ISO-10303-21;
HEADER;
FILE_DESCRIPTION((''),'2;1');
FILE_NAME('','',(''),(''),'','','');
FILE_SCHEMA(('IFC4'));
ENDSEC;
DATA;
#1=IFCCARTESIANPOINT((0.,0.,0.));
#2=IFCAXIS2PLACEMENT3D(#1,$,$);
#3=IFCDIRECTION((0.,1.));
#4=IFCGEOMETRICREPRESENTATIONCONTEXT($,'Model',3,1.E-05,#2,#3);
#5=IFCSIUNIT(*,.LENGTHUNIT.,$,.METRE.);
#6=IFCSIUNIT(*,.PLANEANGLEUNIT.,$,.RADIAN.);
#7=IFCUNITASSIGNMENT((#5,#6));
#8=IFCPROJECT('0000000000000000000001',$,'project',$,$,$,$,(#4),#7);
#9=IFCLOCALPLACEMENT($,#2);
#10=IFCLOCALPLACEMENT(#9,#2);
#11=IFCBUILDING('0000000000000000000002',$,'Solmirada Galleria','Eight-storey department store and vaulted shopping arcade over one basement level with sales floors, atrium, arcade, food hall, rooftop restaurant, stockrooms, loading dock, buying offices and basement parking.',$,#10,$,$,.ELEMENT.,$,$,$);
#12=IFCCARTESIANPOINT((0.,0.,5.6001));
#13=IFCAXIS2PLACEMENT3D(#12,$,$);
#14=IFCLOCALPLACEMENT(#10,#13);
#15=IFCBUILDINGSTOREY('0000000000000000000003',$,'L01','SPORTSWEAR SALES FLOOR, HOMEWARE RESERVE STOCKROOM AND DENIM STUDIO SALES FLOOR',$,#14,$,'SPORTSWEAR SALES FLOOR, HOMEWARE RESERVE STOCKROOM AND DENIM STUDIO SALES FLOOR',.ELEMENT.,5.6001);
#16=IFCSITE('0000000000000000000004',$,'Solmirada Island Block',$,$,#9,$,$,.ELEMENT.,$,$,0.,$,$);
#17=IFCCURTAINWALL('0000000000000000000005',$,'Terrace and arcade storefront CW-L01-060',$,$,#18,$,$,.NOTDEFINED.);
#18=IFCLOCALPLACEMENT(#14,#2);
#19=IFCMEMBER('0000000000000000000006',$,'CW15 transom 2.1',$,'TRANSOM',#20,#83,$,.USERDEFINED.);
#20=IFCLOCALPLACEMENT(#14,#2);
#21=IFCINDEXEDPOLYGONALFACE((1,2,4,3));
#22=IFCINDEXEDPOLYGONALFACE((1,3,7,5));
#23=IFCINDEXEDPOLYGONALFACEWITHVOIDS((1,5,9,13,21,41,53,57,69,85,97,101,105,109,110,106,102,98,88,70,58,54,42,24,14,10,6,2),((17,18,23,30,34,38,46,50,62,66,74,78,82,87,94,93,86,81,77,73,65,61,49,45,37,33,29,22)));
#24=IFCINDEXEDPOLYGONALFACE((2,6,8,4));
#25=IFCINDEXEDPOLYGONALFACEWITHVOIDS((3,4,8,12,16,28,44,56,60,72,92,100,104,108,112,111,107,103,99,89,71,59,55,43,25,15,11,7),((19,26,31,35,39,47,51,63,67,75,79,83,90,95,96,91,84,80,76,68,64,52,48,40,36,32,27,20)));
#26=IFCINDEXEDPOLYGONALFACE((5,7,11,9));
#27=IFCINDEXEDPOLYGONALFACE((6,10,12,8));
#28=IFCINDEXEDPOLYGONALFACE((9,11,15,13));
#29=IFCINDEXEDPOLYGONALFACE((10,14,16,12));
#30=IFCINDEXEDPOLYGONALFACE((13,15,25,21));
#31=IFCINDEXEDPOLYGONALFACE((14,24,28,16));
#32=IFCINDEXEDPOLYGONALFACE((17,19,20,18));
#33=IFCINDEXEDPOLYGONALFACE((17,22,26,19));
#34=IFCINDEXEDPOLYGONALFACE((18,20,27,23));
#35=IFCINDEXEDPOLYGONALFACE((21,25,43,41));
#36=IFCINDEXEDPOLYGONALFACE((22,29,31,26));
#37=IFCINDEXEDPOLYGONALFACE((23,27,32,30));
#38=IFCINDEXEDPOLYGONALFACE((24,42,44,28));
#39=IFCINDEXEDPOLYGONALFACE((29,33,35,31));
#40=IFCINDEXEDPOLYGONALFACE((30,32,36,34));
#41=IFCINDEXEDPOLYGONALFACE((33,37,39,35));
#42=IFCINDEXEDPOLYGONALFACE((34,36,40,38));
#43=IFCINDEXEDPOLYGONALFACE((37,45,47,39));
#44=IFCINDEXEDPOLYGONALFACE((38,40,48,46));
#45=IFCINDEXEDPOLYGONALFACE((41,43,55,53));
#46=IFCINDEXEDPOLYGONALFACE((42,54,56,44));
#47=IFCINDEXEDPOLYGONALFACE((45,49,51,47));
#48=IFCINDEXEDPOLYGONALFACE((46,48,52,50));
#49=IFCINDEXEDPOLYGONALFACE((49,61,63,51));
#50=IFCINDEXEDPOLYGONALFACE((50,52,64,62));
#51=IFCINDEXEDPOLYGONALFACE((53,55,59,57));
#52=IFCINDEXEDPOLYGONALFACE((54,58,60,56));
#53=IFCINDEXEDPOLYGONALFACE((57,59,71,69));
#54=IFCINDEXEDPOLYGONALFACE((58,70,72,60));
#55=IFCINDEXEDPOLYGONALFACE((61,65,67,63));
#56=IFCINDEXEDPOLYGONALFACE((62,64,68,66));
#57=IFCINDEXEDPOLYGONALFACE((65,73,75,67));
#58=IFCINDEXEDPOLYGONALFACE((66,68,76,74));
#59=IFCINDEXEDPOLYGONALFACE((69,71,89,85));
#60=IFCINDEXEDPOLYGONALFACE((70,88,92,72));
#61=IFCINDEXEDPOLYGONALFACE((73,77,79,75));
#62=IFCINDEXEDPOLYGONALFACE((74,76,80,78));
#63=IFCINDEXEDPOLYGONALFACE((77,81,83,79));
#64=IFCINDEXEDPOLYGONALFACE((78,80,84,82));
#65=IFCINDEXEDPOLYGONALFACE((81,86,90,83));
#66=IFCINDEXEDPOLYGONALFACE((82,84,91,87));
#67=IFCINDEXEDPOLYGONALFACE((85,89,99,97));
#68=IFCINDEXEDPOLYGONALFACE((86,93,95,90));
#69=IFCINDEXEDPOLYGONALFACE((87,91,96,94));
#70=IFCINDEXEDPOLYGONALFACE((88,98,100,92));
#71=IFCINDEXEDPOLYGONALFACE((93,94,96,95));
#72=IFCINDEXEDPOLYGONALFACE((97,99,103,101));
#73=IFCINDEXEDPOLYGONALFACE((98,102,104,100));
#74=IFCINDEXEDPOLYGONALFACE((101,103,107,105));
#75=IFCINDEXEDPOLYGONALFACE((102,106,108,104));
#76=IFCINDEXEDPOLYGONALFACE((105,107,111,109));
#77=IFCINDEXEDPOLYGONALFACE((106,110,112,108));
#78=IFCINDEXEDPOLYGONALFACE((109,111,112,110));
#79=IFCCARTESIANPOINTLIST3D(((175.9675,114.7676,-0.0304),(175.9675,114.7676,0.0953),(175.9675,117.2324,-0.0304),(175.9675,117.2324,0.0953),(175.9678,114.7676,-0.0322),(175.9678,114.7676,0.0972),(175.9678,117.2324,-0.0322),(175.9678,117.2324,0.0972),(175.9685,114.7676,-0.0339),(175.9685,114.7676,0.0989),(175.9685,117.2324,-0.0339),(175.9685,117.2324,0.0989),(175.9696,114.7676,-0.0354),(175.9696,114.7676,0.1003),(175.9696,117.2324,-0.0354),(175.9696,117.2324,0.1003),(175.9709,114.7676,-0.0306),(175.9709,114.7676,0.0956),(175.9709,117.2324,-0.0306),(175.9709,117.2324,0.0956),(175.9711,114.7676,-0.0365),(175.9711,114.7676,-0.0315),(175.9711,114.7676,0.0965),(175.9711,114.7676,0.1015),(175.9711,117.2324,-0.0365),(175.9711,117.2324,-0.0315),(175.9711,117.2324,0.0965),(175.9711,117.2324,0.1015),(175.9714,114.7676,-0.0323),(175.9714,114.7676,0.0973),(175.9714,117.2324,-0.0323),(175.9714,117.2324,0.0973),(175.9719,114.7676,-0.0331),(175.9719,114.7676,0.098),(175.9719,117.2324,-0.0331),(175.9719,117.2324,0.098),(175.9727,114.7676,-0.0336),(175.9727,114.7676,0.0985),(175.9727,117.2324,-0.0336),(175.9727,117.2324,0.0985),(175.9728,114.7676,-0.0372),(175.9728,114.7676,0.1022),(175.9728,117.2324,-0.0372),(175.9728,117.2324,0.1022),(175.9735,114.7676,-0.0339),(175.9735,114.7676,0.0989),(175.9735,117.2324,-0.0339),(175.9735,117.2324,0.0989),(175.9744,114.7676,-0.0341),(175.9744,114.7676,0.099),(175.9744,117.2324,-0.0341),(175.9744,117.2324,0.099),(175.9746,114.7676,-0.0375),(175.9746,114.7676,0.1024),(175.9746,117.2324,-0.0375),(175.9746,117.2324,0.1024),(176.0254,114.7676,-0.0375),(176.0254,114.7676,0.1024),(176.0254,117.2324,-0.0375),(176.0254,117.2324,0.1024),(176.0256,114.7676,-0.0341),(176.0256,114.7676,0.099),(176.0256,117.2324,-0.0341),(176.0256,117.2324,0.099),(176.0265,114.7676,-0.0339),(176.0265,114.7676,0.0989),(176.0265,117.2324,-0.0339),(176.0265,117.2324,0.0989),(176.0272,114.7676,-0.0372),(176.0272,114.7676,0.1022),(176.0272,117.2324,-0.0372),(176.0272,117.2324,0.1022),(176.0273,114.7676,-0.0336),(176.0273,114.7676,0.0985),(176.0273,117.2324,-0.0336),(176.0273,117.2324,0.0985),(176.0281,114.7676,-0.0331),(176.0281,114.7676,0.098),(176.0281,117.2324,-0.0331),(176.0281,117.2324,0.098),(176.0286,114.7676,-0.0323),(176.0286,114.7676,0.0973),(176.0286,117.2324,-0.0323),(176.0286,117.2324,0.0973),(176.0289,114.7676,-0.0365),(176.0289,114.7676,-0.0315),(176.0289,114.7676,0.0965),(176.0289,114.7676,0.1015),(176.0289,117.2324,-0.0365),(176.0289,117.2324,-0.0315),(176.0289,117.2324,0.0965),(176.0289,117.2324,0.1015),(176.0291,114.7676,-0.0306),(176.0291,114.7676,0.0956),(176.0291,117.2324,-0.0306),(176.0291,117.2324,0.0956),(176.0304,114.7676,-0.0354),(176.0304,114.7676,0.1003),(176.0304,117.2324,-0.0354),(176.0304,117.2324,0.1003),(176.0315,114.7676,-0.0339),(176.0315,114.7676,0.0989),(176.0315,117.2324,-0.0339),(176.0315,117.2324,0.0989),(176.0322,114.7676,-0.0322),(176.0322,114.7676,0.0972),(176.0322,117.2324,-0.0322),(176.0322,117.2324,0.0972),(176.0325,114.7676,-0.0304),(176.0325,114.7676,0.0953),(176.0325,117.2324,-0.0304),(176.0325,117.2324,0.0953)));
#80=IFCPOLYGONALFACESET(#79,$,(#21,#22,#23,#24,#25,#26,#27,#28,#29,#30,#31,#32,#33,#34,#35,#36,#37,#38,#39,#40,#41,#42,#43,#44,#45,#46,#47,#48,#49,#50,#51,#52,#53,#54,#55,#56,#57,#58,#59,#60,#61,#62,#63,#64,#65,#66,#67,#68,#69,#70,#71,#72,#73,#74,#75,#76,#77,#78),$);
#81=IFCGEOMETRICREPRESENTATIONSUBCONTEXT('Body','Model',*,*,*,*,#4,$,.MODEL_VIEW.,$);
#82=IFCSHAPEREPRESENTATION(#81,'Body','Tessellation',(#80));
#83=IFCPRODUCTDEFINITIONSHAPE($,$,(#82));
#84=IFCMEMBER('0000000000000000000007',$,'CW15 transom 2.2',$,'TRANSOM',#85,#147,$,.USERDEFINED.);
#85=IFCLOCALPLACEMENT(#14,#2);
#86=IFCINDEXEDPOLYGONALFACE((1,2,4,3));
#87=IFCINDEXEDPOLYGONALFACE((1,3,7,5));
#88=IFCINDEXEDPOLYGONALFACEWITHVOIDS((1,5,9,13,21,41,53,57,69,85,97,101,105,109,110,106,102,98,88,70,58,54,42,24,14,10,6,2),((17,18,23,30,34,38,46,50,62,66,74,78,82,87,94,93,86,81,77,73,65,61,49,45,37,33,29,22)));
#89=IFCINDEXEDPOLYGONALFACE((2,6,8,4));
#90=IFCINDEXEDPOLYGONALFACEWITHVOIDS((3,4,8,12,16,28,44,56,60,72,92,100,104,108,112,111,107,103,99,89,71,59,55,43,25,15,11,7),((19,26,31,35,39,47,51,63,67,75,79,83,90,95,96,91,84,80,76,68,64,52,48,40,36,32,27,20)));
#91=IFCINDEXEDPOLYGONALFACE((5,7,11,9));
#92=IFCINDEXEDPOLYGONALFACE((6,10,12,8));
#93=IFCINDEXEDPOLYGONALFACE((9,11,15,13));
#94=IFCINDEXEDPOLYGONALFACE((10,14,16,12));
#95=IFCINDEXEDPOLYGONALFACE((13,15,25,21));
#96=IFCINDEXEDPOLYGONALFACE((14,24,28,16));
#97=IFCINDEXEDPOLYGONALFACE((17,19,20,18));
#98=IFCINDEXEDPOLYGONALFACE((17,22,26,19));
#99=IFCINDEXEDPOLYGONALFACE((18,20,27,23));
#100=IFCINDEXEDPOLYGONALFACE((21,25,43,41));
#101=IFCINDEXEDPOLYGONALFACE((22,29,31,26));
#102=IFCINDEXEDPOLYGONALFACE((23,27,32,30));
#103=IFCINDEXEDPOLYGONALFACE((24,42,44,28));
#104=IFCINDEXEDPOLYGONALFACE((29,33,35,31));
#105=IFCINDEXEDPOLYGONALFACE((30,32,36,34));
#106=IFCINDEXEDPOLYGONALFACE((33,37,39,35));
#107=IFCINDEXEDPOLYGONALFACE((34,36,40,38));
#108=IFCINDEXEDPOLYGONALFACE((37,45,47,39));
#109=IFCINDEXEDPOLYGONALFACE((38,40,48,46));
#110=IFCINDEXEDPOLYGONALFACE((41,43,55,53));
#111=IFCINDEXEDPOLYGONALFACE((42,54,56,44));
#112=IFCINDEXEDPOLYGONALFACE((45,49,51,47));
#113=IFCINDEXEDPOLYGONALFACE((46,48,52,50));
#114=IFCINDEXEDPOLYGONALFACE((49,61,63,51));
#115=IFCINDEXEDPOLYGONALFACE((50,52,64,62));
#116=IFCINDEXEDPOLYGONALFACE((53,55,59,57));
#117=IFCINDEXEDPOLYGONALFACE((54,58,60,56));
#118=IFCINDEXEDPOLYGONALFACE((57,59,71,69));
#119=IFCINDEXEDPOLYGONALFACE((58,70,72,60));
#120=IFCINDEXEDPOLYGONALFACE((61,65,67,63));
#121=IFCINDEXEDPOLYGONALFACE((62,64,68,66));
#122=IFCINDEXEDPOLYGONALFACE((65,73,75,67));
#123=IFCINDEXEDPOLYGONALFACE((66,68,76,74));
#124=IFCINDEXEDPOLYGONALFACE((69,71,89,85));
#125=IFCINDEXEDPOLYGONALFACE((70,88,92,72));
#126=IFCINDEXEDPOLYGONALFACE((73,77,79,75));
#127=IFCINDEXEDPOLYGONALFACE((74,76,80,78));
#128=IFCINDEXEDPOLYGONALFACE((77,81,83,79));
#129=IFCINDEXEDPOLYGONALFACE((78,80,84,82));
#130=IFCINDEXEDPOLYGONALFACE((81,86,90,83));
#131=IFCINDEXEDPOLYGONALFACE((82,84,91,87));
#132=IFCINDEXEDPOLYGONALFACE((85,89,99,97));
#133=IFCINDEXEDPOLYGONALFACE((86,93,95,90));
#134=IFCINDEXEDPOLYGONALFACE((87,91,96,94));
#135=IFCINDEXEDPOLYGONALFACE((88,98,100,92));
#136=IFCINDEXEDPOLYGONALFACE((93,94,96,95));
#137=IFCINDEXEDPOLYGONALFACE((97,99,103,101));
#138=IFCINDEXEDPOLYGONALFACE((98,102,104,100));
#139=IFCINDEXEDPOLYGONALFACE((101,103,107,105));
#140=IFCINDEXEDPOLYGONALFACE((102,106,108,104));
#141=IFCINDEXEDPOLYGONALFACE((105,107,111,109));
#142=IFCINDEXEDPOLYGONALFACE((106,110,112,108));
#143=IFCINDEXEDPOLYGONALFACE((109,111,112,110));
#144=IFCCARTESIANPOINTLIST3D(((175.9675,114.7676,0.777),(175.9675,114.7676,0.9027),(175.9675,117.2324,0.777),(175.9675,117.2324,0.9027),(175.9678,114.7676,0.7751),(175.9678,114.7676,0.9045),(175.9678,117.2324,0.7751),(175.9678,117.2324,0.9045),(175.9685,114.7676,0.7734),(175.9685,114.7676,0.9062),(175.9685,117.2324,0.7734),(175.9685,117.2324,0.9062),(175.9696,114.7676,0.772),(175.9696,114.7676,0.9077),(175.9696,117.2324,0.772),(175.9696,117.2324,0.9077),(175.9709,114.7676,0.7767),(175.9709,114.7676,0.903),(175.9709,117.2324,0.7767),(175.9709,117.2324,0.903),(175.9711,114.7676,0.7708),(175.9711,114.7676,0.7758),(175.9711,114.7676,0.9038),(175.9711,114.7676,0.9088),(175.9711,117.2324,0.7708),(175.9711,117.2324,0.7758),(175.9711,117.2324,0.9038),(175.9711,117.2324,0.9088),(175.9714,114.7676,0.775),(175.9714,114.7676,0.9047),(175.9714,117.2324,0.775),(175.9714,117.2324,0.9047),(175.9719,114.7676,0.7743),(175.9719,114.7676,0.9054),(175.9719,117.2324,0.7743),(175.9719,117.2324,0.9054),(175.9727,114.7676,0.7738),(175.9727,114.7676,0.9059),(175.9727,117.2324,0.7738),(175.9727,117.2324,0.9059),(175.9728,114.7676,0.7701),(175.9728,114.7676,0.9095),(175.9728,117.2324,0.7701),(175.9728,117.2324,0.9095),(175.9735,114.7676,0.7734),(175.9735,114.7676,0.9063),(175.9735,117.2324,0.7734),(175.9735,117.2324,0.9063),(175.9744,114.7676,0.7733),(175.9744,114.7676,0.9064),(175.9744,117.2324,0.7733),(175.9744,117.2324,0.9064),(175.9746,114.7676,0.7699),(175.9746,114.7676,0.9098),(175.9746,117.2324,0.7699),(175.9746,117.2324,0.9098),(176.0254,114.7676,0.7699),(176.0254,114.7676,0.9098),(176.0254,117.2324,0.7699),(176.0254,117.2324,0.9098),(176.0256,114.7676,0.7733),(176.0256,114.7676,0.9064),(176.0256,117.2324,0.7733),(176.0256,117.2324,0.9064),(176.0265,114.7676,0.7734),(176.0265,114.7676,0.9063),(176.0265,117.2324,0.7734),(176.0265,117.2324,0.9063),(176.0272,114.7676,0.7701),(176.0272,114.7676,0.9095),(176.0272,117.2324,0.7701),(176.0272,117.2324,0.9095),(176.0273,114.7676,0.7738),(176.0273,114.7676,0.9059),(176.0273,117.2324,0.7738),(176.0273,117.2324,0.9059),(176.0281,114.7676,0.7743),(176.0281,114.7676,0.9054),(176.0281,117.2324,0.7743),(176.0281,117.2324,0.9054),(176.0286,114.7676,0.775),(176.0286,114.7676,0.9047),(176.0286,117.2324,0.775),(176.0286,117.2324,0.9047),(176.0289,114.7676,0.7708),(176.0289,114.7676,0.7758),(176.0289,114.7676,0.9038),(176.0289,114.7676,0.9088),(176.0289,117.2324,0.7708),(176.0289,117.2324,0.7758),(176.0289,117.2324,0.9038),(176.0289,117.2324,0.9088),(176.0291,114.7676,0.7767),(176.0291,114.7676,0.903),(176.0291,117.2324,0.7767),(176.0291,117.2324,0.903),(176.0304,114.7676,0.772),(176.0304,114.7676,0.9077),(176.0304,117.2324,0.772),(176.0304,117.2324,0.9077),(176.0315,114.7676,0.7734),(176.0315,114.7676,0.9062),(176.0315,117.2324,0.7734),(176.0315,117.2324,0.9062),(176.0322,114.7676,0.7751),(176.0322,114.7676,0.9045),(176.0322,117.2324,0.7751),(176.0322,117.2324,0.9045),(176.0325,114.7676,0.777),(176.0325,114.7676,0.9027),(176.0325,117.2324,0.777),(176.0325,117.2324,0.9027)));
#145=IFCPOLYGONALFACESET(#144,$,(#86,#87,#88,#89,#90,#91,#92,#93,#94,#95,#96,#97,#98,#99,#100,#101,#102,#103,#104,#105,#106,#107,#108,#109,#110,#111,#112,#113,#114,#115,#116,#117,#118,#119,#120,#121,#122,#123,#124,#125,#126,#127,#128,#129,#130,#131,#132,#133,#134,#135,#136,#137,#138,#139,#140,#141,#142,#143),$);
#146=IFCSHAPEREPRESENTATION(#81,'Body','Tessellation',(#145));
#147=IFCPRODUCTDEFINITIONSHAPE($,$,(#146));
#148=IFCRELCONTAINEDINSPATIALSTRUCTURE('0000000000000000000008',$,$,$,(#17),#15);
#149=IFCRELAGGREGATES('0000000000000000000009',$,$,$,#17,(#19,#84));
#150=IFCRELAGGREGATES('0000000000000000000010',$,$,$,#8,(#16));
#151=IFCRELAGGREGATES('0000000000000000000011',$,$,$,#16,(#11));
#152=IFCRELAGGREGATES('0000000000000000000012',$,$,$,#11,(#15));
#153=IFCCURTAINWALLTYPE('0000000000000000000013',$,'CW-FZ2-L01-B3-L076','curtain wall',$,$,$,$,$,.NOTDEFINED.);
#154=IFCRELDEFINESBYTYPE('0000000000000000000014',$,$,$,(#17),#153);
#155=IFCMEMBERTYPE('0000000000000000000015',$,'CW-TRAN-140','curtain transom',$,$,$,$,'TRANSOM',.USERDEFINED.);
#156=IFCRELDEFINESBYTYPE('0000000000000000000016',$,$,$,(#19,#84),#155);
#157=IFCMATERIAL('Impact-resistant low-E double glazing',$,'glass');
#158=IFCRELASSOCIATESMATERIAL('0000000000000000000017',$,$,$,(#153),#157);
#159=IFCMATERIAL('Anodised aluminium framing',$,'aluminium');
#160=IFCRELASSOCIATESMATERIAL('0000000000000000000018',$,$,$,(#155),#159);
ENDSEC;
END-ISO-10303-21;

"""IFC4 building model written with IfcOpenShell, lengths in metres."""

from ifc_helpers import new_model, si_unit, direction, frame, origin, origin_2d, place, context, subcontext, project, spatial, hollow_rectangle, extrude, material, material_profile, profile_set, type_object, element, aggregate, save


model = new_model("IFC4")

# Units and contexts
model_context = context("Model", 3, precision=1e-05, world=origin(), true_north=direction((0.0, 1.0)))
body_context = subcontext(model_context, "Body", "Model", "MODEL_VIEW")
ifc_project = project(units=[si_unit("LENGTHUNIT", "METRE"), si_unit("PLANEANGLEUNIT", "RADIAN")], contexts=[model_context])

# Site, building, storey
site_placement = place(None, origin())
site = spatial("IfcSite", under=ifc_project, at=site_placement, Name="Solmirada Island Block", CompositionType="ELEMENT", RefElevation=0.0)
building_placement = place(site_placement, origin())
building = spatial("IfcBuilding", under=site, at=building_placement, Name="Solmirada Galleria", Description="Eight-storey department store and vaulted shopping arcade over one basement level with sales floors, atrium, arcade, food hall, rooftop restaurant, stockrooms, loading dock, buying offices and basement parking.", CompositionType="ELEMENT")
storey_placement = place(building_placement, frame((0.0, 0.0, 5.6001)))
storey = spatial("IfcBuildingStorey", under=building, at=storey_placement, Name="L01", Description="SPORTSWEAR SALES FLOOR, HOMEWARE RESERVE STOCKROOM AND DENIM STUDIO SALES FLOOR", LongName="SPORTSWEAR SALES FLOOR, HOMEWARE RESERVE STOCKROOM AND DENIM STUDIO SALES FLOOR", CompositionType="ELEMENT", Elevation=5.6001)

# Curtain wall
ifc_material_1 = material(Name="Impact-resistant low-E double glazing", Category="glass")
curtain_wall_type = type_object("IfcCurtainWallType", Name="CW-FZ2-L01-B3-L076", Description="curtain wall", PredefinedType="NOTDEFINED", material=ifc_material_1)
curtain_wall_1_placement = place(storey_placement, origin())
curtain_wall_1 = element("IfcCurtainWall", 1, at=curtain_wall_1_placement, inside=storey, type_object=curtain_wall_type, Name="Terrace and arcade storefront CW-L01-060", PredefinedType="NOTDEFINED")
ifc_material_2 = material(Name="Anodised aluminium framing", Category="aluminium")

# Members
ifc_material_profile_1 = material_profile(ifc_material_2, hollow_rectangle(XDim=0.0649, YDim=0.1399, WallThickness=0.0034, InnerFilletRadius=0.0034, OuterFilletRadius=0.0071, at=origin_2d()), Name="ALU-TRAN-140X65")
ifc_profile_set_1 = profile_set([ifc_material_profile_1], Name="Anodised aluminium framing")
member_type_1 = type_object("IfcMemberType", Name="CW-TRAN-140", Description="curtain transom", ElementType="TRANSOM", PredefinedType="USERDEFINED", material=ifc_profile_set_1)
member_1_placement = place(storey_placement, frame((176.0, 117.2324, 0.0325), z_axis=(0.0, -1.0, 0.0), x_axis=(1.0, 0.0, 0.0)))
member_1 = element("IfcMember", 2, at=member_1_placement, type_object=member_type_1, Name="CW15 transom 2.1", ObjectType="TRANSOM", PredefinedType="USERDEFINED", context=body_context, shape_type="SweptSolid", body=[
    extrude(hollow_rectangle(XDim=0.0649, YDim=0.1399, WallThickness=0.0034, InnerFilletRadius=0.0034, OuterFilletRadius=0.0071, at=origin_2d()), origin(), (0.0, 0.0, 1.0), 2.4648),
])
member_2_placement = place(storey_placement, frame((176.0, 117.2324, 0.8398), z_axis=(0.0, -1.0, 0.0), x_axis=(1.0, 0.0, 0.0)))
member_2 = element("IfcMember", 3, at=member_2_placement, type_object=member_type_1, Name="CW15 transom 2.2", ObjectType="TRANSOM", PredefinedType="USERDEFINED", context=body_context, shape_type="SweptSolid", body=[
    extrude(hollow_rectangle(XDim=0.0649, YDim=0.1399, WallThickness=0.0034, InnerFilletRadius=0.0034, OuterFilletRadius=0.0071, at=origin_2d()), origin(), (0.0, 0.0, 1.0), 2.4648),
])

aggregate(curtain_wall_1, [member_1, member_2])

save(model, "model.ifc")
